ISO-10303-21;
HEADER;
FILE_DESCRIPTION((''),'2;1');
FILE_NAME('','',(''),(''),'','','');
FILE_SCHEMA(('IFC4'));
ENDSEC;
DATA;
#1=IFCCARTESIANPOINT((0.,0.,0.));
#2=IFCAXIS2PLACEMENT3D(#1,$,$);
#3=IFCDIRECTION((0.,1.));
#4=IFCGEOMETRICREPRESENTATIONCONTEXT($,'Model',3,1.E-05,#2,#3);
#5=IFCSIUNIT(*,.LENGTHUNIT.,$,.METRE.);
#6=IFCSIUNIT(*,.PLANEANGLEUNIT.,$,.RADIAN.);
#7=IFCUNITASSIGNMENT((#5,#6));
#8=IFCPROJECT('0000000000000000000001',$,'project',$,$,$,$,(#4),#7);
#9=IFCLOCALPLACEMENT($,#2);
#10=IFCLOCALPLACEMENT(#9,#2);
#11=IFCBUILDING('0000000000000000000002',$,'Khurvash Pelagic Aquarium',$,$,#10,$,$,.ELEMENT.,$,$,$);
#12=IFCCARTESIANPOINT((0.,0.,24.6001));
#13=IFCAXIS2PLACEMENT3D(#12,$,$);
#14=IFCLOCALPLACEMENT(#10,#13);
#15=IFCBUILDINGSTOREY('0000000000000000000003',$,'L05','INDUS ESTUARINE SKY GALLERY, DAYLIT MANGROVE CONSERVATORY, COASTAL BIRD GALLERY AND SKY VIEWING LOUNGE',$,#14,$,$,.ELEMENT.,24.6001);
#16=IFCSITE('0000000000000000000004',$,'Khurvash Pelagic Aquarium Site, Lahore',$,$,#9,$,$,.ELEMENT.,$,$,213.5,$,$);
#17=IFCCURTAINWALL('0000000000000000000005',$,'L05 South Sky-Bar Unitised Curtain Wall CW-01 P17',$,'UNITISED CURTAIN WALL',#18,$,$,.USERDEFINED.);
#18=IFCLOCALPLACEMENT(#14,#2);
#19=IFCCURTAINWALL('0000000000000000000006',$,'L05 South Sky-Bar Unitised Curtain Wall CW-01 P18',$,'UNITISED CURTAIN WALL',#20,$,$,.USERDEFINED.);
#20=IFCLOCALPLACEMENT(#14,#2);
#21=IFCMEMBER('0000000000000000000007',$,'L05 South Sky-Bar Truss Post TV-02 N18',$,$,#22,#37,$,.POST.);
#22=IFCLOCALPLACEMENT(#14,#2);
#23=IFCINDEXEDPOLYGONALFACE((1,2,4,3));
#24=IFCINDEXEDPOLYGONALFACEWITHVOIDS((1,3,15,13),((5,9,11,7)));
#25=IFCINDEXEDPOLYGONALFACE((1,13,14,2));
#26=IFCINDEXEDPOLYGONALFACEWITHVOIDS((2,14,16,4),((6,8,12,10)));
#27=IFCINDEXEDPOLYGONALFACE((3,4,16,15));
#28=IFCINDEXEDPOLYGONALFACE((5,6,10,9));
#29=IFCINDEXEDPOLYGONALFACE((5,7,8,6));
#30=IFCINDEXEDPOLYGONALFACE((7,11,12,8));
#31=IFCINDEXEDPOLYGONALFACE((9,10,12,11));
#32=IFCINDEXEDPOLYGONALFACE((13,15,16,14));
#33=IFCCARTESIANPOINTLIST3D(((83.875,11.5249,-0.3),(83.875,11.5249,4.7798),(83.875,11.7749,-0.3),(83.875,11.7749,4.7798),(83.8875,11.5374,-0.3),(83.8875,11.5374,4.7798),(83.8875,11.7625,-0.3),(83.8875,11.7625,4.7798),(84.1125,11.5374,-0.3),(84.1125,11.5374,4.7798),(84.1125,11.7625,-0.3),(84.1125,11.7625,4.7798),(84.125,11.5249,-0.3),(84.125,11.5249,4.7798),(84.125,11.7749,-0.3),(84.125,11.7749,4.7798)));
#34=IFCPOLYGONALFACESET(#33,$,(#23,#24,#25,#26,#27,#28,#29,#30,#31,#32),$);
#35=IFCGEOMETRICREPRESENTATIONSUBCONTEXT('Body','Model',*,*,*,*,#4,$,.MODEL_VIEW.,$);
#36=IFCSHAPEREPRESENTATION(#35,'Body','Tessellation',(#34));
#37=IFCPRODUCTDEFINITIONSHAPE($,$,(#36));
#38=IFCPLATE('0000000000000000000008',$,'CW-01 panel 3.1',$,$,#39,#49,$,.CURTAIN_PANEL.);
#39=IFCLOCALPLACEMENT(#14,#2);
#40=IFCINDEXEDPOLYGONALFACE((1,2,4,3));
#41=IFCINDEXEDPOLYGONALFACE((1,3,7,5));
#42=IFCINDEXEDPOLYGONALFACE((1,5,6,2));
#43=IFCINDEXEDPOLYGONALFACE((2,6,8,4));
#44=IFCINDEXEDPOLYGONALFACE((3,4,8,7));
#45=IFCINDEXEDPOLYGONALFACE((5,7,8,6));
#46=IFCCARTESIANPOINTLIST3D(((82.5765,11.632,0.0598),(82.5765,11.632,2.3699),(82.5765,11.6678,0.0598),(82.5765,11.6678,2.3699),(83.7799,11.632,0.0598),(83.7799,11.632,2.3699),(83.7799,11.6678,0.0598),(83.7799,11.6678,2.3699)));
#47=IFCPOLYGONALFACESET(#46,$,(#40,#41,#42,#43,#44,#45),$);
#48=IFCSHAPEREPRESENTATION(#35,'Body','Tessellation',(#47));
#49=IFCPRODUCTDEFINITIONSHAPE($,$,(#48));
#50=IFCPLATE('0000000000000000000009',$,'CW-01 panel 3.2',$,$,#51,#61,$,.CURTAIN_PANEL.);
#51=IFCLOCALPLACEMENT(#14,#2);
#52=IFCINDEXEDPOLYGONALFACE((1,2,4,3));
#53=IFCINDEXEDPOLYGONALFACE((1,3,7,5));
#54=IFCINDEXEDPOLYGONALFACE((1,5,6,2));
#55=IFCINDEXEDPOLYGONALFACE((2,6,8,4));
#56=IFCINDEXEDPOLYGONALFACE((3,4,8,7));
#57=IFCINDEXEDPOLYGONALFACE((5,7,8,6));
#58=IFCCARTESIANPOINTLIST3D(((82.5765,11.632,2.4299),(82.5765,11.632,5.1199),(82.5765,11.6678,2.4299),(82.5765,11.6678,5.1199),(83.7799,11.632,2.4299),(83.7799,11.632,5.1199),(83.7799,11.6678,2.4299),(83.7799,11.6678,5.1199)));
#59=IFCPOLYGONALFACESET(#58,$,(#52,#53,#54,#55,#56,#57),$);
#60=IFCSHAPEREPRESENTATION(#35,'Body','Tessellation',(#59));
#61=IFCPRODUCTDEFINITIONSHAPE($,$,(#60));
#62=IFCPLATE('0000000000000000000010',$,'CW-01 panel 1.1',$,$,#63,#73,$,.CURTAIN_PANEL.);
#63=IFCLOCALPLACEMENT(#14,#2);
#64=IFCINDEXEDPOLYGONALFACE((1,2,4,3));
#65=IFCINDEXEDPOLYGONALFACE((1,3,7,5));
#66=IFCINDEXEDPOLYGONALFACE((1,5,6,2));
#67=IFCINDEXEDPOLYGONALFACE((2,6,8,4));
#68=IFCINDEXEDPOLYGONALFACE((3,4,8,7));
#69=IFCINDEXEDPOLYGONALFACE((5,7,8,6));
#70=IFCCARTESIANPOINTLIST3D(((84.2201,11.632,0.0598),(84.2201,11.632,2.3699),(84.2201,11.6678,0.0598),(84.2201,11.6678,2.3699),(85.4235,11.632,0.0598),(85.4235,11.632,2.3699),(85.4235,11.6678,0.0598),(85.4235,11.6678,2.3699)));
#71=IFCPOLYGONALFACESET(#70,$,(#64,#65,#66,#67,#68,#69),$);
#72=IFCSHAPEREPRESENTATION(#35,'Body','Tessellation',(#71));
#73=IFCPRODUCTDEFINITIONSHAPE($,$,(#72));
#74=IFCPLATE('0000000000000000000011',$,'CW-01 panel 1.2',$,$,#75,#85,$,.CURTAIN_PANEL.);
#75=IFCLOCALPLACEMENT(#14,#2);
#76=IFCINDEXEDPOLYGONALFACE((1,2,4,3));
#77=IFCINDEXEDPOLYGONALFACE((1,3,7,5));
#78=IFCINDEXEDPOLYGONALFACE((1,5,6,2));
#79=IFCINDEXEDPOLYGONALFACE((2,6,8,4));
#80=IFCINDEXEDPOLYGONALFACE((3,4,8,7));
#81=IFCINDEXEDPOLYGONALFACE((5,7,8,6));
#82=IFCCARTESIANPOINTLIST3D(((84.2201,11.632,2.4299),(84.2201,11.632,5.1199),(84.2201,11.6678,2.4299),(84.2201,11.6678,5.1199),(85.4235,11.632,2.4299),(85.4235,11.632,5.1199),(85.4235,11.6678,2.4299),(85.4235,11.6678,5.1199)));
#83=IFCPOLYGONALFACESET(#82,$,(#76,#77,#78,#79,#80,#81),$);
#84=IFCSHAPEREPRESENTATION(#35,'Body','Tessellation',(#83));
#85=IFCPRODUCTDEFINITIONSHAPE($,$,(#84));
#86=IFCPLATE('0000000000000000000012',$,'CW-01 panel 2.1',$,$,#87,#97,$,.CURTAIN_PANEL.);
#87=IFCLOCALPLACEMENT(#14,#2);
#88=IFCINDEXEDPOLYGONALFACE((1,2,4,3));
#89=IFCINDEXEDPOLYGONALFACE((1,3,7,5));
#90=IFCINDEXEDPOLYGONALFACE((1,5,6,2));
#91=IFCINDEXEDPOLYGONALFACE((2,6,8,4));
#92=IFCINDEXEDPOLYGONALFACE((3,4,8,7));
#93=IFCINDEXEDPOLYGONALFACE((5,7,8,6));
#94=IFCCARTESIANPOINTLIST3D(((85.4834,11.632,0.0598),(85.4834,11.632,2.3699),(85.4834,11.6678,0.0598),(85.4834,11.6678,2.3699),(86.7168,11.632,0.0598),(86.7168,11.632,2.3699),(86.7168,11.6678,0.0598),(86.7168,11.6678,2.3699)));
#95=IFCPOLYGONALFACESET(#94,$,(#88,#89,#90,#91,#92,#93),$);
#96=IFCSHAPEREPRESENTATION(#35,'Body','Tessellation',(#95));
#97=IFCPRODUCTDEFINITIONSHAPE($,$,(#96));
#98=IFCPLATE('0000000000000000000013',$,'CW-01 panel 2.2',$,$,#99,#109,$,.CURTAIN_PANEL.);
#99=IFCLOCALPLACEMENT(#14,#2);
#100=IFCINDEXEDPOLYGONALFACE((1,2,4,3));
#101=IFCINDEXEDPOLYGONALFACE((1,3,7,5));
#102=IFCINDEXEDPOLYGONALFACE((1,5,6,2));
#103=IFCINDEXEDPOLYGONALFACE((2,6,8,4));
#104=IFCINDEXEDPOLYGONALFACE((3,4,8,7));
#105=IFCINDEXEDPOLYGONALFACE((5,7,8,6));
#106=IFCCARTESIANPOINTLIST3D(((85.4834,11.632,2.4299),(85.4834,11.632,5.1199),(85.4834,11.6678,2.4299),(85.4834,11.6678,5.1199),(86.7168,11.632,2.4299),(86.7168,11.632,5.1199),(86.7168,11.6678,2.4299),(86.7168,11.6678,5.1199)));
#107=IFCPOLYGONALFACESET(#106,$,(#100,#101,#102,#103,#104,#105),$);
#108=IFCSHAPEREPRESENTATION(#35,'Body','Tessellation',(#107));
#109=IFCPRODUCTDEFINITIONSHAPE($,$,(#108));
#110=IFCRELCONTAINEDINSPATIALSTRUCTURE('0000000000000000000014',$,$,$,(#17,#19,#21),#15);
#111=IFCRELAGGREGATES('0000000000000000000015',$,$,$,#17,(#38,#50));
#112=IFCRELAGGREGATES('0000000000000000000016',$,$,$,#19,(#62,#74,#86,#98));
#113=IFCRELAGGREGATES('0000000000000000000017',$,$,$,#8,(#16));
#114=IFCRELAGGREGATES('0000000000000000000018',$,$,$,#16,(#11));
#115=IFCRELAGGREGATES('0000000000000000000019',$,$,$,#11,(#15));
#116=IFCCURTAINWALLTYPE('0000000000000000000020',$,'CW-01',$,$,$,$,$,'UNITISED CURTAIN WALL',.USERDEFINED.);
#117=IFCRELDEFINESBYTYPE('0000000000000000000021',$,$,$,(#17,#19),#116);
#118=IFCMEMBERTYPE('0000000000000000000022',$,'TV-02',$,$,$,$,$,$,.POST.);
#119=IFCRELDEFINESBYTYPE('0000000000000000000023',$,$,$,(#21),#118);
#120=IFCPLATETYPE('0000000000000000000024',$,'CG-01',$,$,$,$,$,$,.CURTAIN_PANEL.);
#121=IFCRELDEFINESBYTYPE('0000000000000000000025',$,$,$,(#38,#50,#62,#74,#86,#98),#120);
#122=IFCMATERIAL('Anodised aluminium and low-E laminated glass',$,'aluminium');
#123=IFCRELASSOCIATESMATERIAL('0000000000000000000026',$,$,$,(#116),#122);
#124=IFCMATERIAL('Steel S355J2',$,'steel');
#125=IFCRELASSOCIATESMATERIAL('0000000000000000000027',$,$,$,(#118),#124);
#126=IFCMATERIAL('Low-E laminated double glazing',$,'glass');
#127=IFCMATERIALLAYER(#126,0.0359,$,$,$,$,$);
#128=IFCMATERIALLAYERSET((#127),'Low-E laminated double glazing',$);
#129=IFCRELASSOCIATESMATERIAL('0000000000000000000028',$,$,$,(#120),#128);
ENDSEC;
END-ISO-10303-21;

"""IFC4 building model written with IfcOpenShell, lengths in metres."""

from ifc_helpers import new_model, si_unit, direction, frame, origin, origin_2d, place, context, subcontext, project, spatial, rectangle, hollow_rectangle, extrude, material, layer, layer_set, material_profile, profile_set, type_object, element, aggregate, save


model = new_model("IFC4")

# Units and contexts
model_context = context("Model", 3, precision=1e-05, world=origin(), true_north=direction((0.0, 1.0)))
body_context = subcontext(model_context, "Body", "Model", "MODEL_VIEW")
ifc_project = project(units=[si_unit("LENGTHUNIT", "METRE"), si_unit("PLANEANGLEUNIT", "RADIAN")], contexts=[model_context])

# Site, building, storey
site_placement = place(None, origin())
site = spatial("IfcSite", under=ifc_project, at=site_placement, Name="Khurvash Pelagic Aquarium Site, Lahore", CompositionType="ELEMENT", RefElevation=213.5)
building_placement = place(site_placement, origin())
building = spatial("IfcBuilding", under=site, at=building_placement, Name="Khurvash Pelagic Aquarium", CompositionType="ELEMENT")
storey_placement = place(building_placement, frame((0.0, 0.0, 24.6001)))
storey = spatial("IfcBuildingStorey", under=building, at=storey_placement, Name="L05", Description="INDUS ESTUARINE SKY GALLERY, DAYLIT MANGROVE CONSERVATORY, COASTAL BIRD GALLERY AND SKY VIEWING LOUNGE", CompositionType="ELEMENT", Elevation=24.6001)

# Curtain walls
ifc_material_1 = material(Name="Anodised aluminium and low-E laminated glass", Category="aluminium")
curtain_wall_type = type_object("IfcCurtainWallType", Name="CW-01", ElementType="UNITISED CURTAIN WALL", PredefinedType="USERDEFINED", material=ifc_material_1)
curtain_wall_1_placement = place(storey_placement, origin())
curtain_wall_1 = element("IfcCurtainWall", 1, at=curtain_wall_1_placement, inside=storey, type_object=curtain_wall_type, Name="L05 South Sky-Bar Unitised Curtain Wall CW-01 P17", ObjectType="UNITISED CURTAIN WALL", PredefinedType="USERDEFINED")
curtain_wall_2_placement = place(storey_placement, origin())
curtain_wall_2 = element("IfcCurtainWall", 2, at=curtain_wall_2_placement, inside=storey, type_object=curtain_wall_type, Name="L05 South Sky-Bar Unitised Curtain Wall CW-01 P18", ObjectType="UNITISED CURTAIN WALL", PredefinedType="USERDEFINED")

# Member
ifc_material_2 = material(Name="Steel S355J2", Category="steel")
ifc_material_profile_1 = material_profile(ifc_material_2, hollow_rectangle(XDim=0.25, YDim=0.25, WallThickness=0.0125, at=origin_2d()), Name="SHS250X250X12")
ifc_profile_set_1 = profile_set([ifc_material_profile_1], Name="Steel S355J2")
member_type_1 = type_object("IfcMemberType", Name="TV-02", PredefinedType="POST", material=ifc_profile_set_1)
member_1_placement = place(storey_placement, frame((84.0, 11.6499, -0.3), z_axis=(0.0, 0.0, 1.0), x_axis=(1.0, 0.0, 0.0)))
element("IfcMember", 3, at=member_1_placement, inside=storey, type_object=member_type_1, Name="L05 South Sky-Bar Truss Post TV-02 N18", PredefinedType="POST", context=body_context, shape_type="SweptSolid", body=[
    extrude(hollow_rectangle(XDim=0.25, YDim=0.25, WallThickness=0.0125, at=origin_2d()), origin(), (0.0, 0.0, 1.0), 5.0798),
])

# Plates
ifc_material_3 = material(Name="Low-E laminated double glazing", Category="glass")
ifc_layer = layer(ifc_material_3, 0.0359)
ifc_layer_set = layer_set([ifc_layer], Name="Low-E laminated double glazing")
plate_type = type_object("IfcPlateType", Name="CG-01", PredefinedType="CURTAIN_PANEL", material=ifc_layer_set)
plate_1_placement = place(storey_placement, frame((83.1782, 11.6499, 0.0598), z_axis=(0.0, 0.0, 1.0), x_axis=(1.0, 0.0, 0.0)))
plate_1 = element("IfcPlate", 4, at=plate_1_placement, type_object=plate_type, Name="CW-01 panel 3.1", PredefinedType="CURTAIN_PANEL", context=body_context, shape_type="SweptSolid", body=[
    extrude(rectangle(XDim=1.2034, YDim=0.0359, at=origin_2d()), origin(), (0.0, 0.0, 1.0), 2.3101),
])
plate_2_placement = place(storey_placement, frame((83.1782, 11.6499, 2.4299), z_axis=(0.0, 0.0, 1.0), x_axis=(1.0, 0.0, 0.0)))
plate_2 = element("IfcPlate", 5, at=plate_2_placement, type_object=plate_type, Name="CW-01 panel 3.2", PredefinedType="CURTAIN_PANEL", context=body_context, shape_type="SweptSolid", body=[
    extrude(rectangle(XDim=1.2034, YDim=0.0359, at=origin_2d()), origin(), (0.0, 0.0, 1.0), 2.6899),
])
aggregate(curtain_wall_1, [plate_1, plate_2])
plate_3_placement = place(storey_placement, frame((84.8218, 11.6499, 0.0598), z_axis=(0.0, 0.0, 1.0), x_axis=(1.0, 0.0, 0.0)))
plate_3 = element("IfcPlate", 6, at=plate_3_placement, type_object=plate_type, Name="CW-01 panel 1.1", PredefinedType="CURTAIN_PANEL", context=body_context, shape_type="SweptSolid", body=[
    extrude(rectangle(XDim=1.2034, YDim=0.0359, at=origin_2d()), origin(), (0.0, 0.0, 1.0), 2.3101),
])
plate_4_placement = place(storey_placement, frame((84.8218, 11.6499, 2.4299), z_axis=(0.0, 0.0, 1.0), x_axis=(1.0, 0.0, 0.0)))
plate_4 = element("IfcPlate", 7, at=plate_4_placement, type_object=plate_type, Name="CW-01 panel 1.2", PredefinedType="CURTAIN_PANEL", context=body_context, shape_type="SweptSolid", body=[
    extrude(rectangle(XDim=1.2034, YDim=0.0359, at=origin_2d()), origin(), (0.0, 0.0, 1.0), 2.6899),
])
plate_5_placement = place(storey_placement, frame((86.1001, 11.6499, 0.0598), z_axis=(0.0, 0.0, 1.0), x_axis=(1.0, 0.0, 0.0)))
plate_5 = element("IfcPlate", 8, at=plate_5_placement, type_object=plate_type, Name="CW-01 panel 2.1", PredefinedType="CURTAIN_PANEL", context=body_context, shape_type="SweptSolid", body=[
    extrude(rectangle(XDim=1.2334, YDim=0.0359, at=origin_2d()), origin(), (0.0, 0.0, 1.0), 2.3101),
])
plate_6_placement = place(storey_placement, frame((86.1001, 11.6499, 2.4299), z_axis=(0.0, 0.0, 1.0), x_axis=(1.0, 0.0, 0.0)))
plate_6 = element("IfcPlate", 9, at=plate_6_placement, type_object=plate_type, Name="CW-01 panel 2.2", PredefinedType="CURTAIN_PANEL", context=body_context, shape_type="SweptSolid", body=[
    extrude(rectangle(XDim=1.2334, YDim=0.0359, at=origin_2d()), origin(), (0.0, 0.0, 1.0), 2.6899),
])
aggregate(curtain_wall_2, [plate_3, plate_4, plate_5, plate_6])

save(model, "model.ifc")
